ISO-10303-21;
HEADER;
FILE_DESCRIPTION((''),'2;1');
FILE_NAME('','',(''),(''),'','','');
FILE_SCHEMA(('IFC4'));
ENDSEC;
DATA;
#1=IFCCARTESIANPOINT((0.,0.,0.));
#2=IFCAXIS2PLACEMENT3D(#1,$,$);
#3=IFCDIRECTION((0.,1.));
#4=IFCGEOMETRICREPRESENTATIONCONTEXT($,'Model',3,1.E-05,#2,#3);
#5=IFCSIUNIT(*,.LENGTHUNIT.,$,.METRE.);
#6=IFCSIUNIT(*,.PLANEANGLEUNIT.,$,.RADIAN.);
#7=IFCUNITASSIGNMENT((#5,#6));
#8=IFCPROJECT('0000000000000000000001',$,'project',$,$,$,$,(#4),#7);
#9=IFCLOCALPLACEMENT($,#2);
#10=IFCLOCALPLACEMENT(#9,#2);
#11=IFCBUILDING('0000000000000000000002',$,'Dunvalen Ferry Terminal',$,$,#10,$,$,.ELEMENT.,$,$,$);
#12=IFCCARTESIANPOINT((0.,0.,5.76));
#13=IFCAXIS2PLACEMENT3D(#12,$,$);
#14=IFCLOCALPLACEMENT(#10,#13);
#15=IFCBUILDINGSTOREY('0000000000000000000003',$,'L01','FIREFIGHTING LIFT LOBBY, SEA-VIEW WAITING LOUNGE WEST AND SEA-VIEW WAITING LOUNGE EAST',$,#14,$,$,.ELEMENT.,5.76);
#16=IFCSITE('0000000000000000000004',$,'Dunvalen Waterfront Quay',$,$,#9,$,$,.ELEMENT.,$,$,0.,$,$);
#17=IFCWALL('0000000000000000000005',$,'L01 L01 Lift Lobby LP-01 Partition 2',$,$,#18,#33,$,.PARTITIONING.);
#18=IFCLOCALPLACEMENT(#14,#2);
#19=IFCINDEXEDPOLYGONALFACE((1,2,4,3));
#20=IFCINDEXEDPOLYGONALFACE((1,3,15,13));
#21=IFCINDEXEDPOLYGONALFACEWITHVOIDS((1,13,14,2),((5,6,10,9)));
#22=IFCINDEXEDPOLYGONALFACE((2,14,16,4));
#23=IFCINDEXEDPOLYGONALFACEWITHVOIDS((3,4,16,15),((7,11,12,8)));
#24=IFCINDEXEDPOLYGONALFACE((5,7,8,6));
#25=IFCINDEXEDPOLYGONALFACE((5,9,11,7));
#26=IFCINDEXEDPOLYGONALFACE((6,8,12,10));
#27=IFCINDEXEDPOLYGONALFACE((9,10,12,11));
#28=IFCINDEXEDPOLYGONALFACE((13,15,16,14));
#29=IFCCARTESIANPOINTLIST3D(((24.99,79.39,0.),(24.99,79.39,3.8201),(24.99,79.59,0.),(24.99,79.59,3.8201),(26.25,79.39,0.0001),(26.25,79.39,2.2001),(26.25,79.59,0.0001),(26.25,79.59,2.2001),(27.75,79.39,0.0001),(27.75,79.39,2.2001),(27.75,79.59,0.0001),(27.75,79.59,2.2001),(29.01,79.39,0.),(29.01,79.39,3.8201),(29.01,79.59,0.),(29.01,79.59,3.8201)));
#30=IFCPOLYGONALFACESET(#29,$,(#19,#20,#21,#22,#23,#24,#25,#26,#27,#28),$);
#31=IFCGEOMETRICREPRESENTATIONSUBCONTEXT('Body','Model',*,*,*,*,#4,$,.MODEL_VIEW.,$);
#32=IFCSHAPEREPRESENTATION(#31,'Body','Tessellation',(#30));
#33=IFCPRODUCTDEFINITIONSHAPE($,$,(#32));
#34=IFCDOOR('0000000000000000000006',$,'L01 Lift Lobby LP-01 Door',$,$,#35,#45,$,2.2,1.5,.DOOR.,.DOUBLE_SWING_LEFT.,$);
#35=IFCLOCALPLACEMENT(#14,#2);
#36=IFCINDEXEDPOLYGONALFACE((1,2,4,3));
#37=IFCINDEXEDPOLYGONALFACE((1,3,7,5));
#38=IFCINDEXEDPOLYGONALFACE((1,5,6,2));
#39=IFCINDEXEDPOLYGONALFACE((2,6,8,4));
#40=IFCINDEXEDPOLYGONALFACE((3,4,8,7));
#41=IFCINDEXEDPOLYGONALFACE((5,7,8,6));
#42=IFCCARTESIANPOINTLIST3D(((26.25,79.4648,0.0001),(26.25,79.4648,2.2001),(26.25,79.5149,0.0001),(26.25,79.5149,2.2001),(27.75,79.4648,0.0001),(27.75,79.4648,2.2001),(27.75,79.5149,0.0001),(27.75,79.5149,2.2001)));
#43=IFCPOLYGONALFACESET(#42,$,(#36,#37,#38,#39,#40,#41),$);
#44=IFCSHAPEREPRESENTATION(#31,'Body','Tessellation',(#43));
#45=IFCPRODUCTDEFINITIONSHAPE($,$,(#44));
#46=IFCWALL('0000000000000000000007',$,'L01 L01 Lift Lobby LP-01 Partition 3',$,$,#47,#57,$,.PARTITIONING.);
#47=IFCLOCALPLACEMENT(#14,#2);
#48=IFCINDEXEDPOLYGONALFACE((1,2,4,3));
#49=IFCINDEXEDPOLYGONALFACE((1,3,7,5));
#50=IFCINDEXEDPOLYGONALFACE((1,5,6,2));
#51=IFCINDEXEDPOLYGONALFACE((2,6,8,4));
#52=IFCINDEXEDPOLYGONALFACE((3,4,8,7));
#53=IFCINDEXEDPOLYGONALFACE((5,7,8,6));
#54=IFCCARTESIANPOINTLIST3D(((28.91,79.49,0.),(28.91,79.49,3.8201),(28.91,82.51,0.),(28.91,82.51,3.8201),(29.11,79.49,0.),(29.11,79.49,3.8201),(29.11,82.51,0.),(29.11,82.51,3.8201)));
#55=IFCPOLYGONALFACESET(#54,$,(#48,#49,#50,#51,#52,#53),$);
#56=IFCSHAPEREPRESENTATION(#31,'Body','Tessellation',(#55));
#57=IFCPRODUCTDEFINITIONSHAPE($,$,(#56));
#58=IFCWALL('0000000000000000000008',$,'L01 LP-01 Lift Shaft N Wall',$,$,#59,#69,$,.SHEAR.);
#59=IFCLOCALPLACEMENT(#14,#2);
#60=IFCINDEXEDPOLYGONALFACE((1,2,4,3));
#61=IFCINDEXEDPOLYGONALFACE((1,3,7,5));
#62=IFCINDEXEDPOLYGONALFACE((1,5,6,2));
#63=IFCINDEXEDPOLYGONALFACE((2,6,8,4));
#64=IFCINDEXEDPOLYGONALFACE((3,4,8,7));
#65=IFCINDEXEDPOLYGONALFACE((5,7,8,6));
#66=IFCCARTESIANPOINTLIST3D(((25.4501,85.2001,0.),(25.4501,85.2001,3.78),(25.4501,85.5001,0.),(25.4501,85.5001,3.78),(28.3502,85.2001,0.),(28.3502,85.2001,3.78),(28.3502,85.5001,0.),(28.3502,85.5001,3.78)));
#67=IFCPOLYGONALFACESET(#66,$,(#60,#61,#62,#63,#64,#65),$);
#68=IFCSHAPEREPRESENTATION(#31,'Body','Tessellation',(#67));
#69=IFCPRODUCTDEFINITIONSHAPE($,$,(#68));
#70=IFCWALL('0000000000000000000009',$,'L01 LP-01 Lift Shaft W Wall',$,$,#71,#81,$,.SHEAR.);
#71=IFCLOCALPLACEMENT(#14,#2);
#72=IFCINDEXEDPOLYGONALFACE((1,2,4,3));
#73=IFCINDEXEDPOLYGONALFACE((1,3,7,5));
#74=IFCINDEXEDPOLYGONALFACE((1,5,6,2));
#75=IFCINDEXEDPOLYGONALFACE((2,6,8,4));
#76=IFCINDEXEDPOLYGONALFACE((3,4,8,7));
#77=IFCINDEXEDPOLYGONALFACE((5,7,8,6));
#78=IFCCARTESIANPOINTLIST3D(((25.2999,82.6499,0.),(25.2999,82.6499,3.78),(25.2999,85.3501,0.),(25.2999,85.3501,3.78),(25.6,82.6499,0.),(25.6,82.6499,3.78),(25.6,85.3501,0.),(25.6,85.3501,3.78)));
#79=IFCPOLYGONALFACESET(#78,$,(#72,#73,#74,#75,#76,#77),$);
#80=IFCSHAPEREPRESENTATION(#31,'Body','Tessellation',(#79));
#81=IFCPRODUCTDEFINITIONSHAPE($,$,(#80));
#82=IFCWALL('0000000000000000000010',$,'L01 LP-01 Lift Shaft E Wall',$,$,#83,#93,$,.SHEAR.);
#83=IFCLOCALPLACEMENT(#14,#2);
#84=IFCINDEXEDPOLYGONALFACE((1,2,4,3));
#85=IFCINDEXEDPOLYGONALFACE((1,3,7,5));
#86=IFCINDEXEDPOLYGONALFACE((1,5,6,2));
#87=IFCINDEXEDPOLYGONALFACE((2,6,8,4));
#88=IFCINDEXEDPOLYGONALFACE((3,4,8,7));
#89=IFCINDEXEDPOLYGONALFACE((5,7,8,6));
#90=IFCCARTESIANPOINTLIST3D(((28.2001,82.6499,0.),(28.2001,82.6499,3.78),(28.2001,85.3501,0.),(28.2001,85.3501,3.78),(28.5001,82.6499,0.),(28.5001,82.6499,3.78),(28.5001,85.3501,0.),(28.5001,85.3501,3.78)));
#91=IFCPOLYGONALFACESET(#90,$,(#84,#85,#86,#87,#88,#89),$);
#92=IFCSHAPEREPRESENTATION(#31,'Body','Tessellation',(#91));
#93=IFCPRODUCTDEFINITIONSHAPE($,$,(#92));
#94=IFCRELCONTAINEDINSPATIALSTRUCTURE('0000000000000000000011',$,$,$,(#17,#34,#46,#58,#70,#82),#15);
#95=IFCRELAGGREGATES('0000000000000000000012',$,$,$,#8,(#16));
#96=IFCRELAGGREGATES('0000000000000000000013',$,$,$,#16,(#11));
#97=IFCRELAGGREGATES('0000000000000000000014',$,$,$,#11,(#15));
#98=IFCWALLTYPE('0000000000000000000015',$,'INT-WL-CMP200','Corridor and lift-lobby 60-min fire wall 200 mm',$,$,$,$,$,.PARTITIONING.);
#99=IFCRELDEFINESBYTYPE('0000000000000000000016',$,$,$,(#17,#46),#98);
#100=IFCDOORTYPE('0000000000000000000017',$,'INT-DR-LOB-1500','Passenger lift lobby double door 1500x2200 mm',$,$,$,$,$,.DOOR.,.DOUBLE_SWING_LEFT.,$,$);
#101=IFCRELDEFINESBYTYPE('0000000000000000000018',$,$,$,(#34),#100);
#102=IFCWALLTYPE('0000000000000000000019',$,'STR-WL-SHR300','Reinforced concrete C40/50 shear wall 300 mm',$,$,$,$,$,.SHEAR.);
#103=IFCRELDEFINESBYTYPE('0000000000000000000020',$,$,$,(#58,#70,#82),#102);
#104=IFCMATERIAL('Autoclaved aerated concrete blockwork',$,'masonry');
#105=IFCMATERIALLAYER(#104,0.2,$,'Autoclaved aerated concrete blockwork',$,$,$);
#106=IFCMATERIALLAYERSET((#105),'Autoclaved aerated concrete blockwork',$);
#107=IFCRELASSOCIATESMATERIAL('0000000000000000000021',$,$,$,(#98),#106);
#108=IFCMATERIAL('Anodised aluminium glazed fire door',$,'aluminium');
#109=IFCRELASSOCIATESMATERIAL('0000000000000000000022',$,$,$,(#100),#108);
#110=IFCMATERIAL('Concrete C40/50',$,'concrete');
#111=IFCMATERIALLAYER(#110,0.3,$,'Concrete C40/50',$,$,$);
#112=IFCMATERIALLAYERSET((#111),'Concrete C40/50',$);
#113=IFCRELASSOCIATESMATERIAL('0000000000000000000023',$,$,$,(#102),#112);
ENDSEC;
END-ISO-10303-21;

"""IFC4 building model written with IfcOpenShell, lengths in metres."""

from ifc_helpers import new_model, si_unit, direction, frame, frame_2d, origin, place, context, subcontext, project, spatial, rectangle, extrude, material, layer, layer_set, type_object, element, fill, save


model = new_model("IFC4")

# Units and contexts
model_context = context("Model", 3, precision=1e-05, world=origin(), true_north=direction((0.0, 1.0)))
body_context = subcontext(model_context, "Body", "Model", "MODEL_VIEW")
ifc_project = project(units=[si_unit("LENGTHUNIT", "METRE"), si_unit("PLANEANGLEUNIT", "RADIAN")], contexts=[model_context])

# Site, building, storey
site_placement = place(None, origin())
site = spatial("IfcSite", under=ifc_project, at=site_placement, Name="Dunvalen Waterfront Quay", CompositionType="ELEMENT", RefElevation=0.0)
building_placement = place(site_placement, origin())
building = spatial("IfcBuilding", under=site, at=building_placement, Name="Dunvalen Ferry Terminal", CompositionType="ELEMENT")
storey_placement = place(building_placement, frame((0.0, 0.0, 5.76)))
storey = spatial("IfcBuildingStorey", under=building, at=storey_placement, Name="L01", Description="FIREFIGHTING LIFT LOBBY, SEA-VIEW WAITING LOUNGE WEST AND SEA-VIEW WAITING LOUNGE EAST", CompositionType="ELEMENT", Elevation=5.76)

# Shared definitions
ifc_material_1 = material(Name="Autoclaved aerated concrete blockwork", Category="masonry")
ifc_layer_1 = layer(ifc_material_1, 0.2, Name="Autoclaved aerated concrete blockwork")
ifc_layer_set_1 = layer_set([ifc_layer_1], Name="Autoclaved aerated concrete blockwork")
wall_type_1 = type_object("IfcWallType", Name="INT-WL-CMP200", Description="Corridor and lift-lobby 60-min fire wall 200 mm", PredefinedType="PARTITIONING", material=ifc_layer_set_1)

# Wall, opening, door
wall_1_placement = place(storey_placement, frame((24.99, 79.49, 0.0), z_axis=(0.0, 0.0, 1.0), x_axis=(1.0, 0.0, 0.0)))
wall_1 = element("IfcWall", 1, at=wall_1_placement, inside=storey, type_object=wall_type_1, Name="L01 L01 Lift Lobby LP-01 Partition 2", PredefinedType="PARTITIONING", context=body_context, shape_type="SweptSolid", body=[
    extrude(rectangle(XDim=4.02, YDim=0.2, at=frame_2d((2.01, 0.0))), origin(), (0.0, 0.0, 1.0), 3.8201),
])
opening_1_placement = place(wall_1_placement, frame((1.26, 0.0, 0.0)))
opening_1 = element("IfcOpeningElement", 2, at=opening_1_placement, cuts=wall_1, PredefinedType="OPENING", context=body_context, shape_type="SweptSolid", body=[
    extrude(rectangle(XDim=1.5, YDim=2.2, at=frame_2d((0.75, 1.1001))), frame((0.0, 0.1099, 0.0), z_axis=(0.0, -1.0, 0.0), x_axis=(1.0, 0.0, 0.0)), (0.0, 0.0, 1.0), 0.22),
])
ifc_material_2 = material(Name="Anodised aluminium glazed fire door", Category="aluminium")
door_type_1 = type_object("IfcDoorType", Name="INT-DR-LOB-1500", Description="Passenger lift lobby double door 1500x2200 mm", OperationType="DOUBLE_SWING_LEFT", PredefinedType="DOOR", material=ifc_material_2)
door_1_placement = place(opening_1_placement, origin())
door_1 = element("IfcDoor", 3, at=door_1_placement, inside=storey, type_object=door_type_1, Name="L01 Lift Lobby LP-01 Door", OperationType="DOUBLE_SWING_LEFT", OverallHeight=2.2, OverallWidth=1.5, PredefinedType="DOOR", context=body_context, shape_type="SweptSolid", body=[
    extrude(rectangle(XDim=1.5, YDim=2.2, at=frame_2d((0.75, 1.1001))), frame((0.0, 0.0249, 0.0), z_axis=(0.0, -1.0, 0.0), x_axis=(1.0, 0.0, 0.0)), (0.0, 0.0, 1.0), 0.05),
])
fill(opening_1, door_1)

# Wall
wall_2_placement = place(storey_placement, frame((29.01, 79.49, 0.0), z_axis=(0.0, 0.0, 1.0), x_axis=(0.0, 1.0, 0.0)))
element("IfcWall", 4, at=wall_2_placement, inside=storey, type_object=wall_type_1, Name="L01 L01 Lift Lobby LP-01 Partition 3", PredefinedType="PARTITIONING", context=body_context, shape_type="SweptSolid", body=[
    extrude(rectangle(XDim=3.02, YDim=0.2, at=frame_2d((1.51, 0.0))), origin(), (0.0, 0.0, 1.0), 3.8201),
])

# Shared definitions
ifc_material_3 = material(Name="Concrete C40/50", Category="concrete")
ifc_layer_2 = layer(ifc_material_3, 0.3, Name="Concrete C40/50")
ifc_layer_set_2 = layer_set([ifc_layer_2], Name="Concrete C40/50")
wall_type_2 = type_object("IfcWallType", Name="STR-WL-SHR300", Description="Reinforced concrete C40/50 shear wall 300 mm", PredefinedType="SHEAR", material=ifc_layer_set_2)

# Walls
wall_3_placement = place(storey_placement, frame((25.45, 85.3501, 0.0), z_axis=(0.0, 0.0, 1.0), x_axis=(1.0, 0.0, 0.0)))
element("IfcWall", 5, at=wall_3_placement, inside=storey, type_object=wall_type_2, Name="L01 LP-01 Lift Shaft N Wall", PredefinedType="SHEAR", context=body_context, shape_type="SweptSolid", body=[
    extrude(rectangle(XDim=2.9001, YDim=0.3, at=frame_2d((1.4502, 0.0))), origin(), (0.0, 0.0, 1.0), 3.78),
])
for number, where, z_axis, x_axis, name in (
    (6, (25.45, 82.6499, 0.0), (0.0, 0.0, 1.0), (0.0, 1.0, 0.0), "L01 LP-01 Lift Shaft W Wall"),
    (7, (28.3501, 82.6499, 0.0), (0.0, 0.0, 1.0), (0.0, 1.0, 0.0), "L01 LP-01 Lift Shaft E Wall"),
):
    element("IfcWall", number, at=place(storey_placement, frame(where, z_axis=z_axis, x_axis=x_axis)), inside=storey, type_object=wall_type_2, Name=name, PredefinedType="SHEAR", context=body_context, shape_type="SweptSolid", body=[
        extrude(rectangle(XDim=2.7002, YDim=0.3, at=frame_2d((1.3501, 0.0))), origin(), (0.0, 0.0, 1.0), 3.78),
    ])

save(model, "model.ifc")
